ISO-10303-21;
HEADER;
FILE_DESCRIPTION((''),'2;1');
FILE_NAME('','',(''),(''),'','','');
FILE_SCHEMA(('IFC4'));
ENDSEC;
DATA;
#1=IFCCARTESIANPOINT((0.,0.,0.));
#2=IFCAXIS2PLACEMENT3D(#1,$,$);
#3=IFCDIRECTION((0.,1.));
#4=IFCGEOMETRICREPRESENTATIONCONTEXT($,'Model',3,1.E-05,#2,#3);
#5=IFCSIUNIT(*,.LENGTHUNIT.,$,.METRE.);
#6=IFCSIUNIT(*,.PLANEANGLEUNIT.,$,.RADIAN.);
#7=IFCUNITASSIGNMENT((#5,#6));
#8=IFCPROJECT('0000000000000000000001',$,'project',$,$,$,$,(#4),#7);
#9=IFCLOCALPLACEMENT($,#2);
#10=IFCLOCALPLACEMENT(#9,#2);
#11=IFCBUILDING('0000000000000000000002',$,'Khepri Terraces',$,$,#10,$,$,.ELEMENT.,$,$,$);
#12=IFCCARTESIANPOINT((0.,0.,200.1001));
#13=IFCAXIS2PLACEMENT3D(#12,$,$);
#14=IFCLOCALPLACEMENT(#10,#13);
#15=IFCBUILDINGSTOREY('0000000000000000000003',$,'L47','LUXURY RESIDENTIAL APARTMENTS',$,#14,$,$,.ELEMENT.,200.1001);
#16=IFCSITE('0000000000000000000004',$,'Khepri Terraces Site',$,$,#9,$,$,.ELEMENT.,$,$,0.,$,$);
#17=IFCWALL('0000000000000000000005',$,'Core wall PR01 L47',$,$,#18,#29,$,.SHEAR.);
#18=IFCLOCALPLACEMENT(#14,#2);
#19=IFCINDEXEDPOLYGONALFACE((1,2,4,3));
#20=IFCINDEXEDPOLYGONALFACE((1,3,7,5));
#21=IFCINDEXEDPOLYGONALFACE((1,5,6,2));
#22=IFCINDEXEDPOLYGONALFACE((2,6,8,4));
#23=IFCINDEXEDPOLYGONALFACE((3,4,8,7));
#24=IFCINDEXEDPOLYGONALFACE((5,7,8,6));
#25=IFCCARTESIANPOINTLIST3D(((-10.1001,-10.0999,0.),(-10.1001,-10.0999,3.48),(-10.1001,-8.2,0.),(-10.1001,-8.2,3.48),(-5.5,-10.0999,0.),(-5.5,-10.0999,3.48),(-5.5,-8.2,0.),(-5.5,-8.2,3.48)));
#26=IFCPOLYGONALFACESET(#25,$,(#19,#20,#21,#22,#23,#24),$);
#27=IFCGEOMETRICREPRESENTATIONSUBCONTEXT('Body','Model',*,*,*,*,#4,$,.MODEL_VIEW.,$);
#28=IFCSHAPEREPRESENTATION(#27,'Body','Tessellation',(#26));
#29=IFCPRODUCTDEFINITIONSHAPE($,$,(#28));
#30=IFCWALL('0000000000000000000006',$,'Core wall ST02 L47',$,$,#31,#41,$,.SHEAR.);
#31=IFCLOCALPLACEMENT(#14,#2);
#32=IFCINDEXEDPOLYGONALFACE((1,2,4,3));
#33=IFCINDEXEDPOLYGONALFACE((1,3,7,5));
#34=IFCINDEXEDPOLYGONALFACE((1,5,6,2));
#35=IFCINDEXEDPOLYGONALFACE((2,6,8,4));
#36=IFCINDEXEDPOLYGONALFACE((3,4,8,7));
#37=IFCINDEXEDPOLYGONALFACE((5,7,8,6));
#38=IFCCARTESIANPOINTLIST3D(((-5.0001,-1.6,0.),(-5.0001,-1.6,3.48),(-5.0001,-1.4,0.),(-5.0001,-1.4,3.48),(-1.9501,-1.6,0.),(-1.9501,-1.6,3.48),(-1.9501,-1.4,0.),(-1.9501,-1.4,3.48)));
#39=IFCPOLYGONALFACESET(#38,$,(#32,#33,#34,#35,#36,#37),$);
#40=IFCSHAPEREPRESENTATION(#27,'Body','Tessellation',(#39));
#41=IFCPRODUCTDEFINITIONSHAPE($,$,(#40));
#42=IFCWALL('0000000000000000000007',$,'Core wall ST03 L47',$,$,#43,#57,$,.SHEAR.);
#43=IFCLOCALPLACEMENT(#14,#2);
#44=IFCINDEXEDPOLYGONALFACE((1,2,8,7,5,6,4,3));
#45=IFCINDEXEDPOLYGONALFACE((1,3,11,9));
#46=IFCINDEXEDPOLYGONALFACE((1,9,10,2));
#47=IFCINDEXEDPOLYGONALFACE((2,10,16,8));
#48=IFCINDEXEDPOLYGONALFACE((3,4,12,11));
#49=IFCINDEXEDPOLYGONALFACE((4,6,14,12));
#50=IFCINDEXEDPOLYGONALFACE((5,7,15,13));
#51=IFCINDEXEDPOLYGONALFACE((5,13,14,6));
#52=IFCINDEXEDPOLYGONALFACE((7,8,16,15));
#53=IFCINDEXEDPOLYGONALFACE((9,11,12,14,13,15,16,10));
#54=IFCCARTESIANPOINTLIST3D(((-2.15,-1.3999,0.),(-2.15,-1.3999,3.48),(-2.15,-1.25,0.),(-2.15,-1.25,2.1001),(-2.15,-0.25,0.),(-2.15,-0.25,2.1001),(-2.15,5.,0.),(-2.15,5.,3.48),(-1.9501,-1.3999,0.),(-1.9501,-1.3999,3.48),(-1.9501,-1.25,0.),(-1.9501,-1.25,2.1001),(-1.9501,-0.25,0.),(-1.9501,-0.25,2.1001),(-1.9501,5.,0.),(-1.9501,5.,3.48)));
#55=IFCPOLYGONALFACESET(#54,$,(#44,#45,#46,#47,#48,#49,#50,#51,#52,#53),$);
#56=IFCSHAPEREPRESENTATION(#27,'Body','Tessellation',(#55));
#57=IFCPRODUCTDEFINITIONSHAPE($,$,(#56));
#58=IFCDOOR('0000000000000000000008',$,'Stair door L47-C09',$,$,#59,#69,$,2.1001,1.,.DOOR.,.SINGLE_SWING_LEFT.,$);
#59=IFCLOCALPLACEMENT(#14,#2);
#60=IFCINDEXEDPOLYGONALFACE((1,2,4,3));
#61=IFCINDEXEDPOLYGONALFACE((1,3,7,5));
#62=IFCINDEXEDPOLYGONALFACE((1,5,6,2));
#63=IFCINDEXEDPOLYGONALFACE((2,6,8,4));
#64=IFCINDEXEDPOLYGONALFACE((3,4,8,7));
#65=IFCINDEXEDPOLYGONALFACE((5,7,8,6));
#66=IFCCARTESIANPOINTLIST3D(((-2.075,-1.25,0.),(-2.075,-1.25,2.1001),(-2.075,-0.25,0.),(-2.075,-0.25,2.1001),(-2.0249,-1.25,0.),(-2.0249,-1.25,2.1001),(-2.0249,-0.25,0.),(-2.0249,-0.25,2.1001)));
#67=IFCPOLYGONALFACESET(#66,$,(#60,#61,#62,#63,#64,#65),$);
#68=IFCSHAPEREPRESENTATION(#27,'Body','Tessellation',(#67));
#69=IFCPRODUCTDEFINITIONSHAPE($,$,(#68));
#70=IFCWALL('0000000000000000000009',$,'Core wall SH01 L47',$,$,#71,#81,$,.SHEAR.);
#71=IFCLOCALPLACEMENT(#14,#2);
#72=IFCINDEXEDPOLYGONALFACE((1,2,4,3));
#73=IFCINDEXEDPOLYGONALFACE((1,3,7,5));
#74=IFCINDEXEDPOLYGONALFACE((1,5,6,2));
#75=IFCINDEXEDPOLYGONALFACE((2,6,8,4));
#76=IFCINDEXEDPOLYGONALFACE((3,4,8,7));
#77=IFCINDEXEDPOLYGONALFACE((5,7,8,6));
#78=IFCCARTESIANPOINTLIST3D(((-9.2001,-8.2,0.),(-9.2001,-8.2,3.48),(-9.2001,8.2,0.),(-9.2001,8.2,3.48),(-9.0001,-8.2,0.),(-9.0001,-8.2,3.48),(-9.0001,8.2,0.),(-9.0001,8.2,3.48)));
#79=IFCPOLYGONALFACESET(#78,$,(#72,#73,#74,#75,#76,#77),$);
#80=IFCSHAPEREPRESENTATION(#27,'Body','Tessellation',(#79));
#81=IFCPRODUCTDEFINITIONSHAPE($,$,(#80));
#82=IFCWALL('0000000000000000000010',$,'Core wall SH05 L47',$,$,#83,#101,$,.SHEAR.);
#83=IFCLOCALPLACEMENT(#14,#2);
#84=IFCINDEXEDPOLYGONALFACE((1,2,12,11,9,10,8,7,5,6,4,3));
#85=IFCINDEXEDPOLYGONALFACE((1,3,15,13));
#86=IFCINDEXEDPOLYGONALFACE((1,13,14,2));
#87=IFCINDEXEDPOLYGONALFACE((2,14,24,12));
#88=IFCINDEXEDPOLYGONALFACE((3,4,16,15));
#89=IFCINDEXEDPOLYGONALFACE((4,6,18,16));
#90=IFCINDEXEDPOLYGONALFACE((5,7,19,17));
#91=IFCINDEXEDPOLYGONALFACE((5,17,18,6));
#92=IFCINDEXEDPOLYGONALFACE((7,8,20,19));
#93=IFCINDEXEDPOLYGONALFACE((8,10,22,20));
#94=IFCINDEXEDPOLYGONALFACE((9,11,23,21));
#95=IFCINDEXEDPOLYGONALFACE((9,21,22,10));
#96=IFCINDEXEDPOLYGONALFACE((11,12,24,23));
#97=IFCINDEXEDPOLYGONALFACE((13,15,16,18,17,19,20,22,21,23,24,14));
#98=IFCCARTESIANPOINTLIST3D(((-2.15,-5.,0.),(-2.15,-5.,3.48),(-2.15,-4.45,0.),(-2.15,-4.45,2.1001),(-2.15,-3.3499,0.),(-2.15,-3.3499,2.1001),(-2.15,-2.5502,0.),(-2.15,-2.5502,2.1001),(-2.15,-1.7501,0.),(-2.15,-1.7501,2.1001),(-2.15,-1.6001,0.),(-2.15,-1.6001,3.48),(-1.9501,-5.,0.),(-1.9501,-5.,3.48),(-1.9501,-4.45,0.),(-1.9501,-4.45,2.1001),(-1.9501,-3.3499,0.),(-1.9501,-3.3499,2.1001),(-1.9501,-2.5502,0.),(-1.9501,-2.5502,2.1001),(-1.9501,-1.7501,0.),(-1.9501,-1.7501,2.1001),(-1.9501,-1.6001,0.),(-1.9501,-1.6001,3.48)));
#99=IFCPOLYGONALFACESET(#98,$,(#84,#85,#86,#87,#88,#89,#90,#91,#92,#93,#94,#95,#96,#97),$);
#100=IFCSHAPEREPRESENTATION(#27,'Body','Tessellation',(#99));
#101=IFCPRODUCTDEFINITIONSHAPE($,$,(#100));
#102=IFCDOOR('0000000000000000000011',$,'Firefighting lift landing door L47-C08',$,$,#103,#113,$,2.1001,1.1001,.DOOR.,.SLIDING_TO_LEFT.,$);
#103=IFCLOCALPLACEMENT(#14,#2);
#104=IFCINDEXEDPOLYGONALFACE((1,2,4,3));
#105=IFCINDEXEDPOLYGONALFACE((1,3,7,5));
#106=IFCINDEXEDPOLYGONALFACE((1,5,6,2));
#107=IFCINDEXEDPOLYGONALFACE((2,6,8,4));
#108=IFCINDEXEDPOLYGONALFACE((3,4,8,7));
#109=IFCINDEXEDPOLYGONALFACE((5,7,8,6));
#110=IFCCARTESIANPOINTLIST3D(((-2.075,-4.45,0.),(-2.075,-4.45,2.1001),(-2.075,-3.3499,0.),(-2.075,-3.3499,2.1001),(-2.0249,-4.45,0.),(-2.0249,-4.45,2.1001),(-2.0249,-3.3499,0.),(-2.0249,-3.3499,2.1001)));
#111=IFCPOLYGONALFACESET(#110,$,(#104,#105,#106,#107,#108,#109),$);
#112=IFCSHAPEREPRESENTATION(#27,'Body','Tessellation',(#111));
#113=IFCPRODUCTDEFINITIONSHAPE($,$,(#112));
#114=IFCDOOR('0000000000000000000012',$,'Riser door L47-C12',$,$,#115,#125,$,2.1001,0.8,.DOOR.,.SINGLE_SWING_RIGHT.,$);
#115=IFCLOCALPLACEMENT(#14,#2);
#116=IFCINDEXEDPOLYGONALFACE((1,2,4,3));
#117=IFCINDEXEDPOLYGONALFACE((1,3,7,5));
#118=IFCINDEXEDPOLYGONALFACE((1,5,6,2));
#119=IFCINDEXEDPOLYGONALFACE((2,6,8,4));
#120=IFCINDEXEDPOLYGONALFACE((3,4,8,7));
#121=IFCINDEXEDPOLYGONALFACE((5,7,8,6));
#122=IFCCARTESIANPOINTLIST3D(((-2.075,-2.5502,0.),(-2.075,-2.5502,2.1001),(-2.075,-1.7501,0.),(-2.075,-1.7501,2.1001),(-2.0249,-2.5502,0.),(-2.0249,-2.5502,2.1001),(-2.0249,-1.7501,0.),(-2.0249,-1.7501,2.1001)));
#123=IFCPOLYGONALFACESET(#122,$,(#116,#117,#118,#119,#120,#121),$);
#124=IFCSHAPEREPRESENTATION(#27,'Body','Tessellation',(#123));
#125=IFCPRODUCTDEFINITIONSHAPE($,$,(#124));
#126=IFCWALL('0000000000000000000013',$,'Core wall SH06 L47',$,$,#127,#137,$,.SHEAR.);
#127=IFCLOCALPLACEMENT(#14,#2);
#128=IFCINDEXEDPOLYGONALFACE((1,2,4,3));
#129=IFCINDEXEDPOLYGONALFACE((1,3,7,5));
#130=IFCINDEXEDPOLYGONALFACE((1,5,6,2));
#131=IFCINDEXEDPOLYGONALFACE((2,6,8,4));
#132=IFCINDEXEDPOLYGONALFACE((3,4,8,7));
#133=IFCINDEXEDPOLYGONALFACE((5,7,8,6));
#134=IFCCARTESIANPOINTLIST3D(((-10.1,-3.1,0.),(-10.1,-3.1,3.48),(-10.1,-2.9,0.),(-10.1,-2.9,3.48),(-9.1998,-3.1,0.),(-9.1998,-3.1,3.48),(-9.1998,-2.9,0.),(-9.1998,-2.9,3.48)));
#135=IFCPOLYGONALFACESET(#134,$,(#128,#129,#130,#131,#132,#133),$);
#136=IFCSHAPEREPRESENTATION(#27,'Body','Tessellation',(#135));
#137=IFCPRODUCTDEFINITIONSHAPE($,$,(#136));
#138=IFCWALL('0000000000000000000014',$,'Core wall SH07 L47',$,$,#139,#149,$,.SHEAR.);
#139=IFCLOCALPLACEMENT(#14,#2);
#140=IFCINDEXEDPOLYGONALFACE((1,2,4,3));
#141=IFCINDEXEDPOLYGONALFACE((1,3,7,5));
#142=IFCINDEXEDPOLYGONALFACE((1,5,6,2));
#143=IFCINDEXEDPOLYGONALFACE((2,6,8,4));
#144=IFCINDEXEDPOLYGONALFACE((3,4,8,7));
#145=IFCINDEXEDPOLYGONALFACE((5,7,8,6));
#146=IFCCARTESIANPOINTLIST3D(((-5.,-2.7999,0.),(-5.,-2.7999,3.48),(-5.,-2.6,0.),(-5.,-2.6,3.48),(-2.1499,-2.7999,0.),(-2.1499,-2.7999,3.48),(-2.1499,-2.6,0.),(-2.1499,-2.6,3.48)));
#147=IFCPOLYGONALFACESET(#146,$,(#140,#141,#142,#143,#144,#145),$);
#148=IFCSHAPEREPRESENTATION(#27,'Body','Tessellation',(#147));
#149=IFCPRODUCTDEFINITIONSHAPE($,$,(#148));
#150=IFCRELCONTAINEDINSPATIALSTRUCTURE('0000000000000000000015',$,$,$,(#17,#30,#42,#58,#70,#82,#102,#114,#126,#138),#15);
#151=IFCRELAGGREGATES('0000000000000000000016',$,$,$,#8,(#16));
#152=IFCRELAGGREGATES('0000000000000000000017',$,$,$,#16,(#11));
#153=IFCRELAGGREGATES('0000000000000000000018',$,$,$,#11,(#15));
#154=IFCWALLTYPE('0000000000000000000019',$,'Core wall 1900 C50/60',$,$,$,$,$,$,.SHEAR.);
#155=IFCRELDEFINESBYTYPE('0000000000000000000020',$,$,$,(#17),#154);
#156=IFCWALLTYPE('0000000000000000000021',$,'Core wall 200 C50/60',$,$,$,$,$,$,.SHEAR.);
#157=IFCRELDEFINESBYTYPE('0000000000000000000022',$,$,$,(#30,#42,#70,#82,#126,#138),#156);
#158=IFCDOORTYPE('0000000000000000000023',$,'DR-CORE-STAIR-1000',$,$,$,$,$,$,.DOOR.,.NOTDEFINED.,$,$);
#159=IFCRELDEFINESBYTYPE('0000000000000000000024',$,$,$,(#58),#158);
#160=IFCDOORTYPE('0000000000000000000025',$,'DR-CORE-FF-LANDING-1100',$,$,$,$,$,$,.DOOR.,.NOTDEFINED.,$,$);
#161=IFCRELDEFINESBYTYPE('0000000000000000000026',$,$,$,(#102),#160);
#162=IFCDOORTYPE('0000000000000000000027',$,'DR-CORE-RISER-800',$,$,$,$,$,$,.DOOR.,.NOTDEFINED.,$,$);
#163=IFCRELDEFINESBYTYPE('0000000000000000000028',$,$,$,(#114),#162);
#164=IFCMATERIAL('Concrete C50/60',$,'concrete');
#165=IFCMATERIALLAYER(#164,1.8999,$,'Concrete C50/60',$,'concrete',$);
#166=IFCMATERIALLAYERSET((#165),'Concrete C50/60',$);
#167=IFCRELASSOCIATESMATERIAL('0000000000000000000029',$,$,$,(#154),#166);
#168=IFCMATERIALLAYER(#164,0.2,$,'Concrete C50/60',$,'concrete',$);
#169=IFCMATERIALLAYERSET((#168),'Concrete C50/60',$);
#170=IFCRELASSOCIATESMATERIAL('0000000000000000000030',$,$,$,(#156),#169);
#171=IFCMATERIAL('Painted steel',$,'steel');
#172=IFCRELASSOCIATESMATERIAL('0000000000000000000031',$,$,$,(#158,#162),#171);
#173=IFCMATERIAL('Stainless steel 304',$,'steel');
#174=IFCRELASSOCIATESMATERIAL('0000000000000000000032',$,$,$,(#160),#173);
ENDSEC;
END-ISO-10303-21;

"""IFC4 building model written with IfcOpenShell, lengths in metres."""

from ifc_helpers import new_model, si_unit, direction, frame, frame_2d, origin, place, context, subcontext, project, spatial, rectangle, extrude, material, layer, layer_set, type_object, element, fill, save


model = new_model("IFC4")

# Units and contexts
model_context = context("Model", 3, precision=1e-05, world=origin(), true_north=direction((0.0, 1.0)))
body_context = subcontext(model_context, "Body", "Model", "MODEL_VIEW")
ifc_project = project(units=[si_unit("LENGTHUNIT", "METRE"), si_unit("PLANEANGLEUNIT", "RADIAN")], contexts=[model_context])

# Site, building, storey
site_placement = place(None, origin())
site = spatial("IfcSite", under=ifc_project, at=site_placement, Name="Khepri Terraces Site", CompositionType="ELEMENT", RefElevation=0.0)
building_placement = place(site_placement, origin())
building = spatial("IfcBuilding", under=site, at=building_placement, Name="Khepri Terraces", CompositionType="ELEMENT")
storey_placement = place(building_placement, frame((0.0, 0.0, 200.1001)))
storey = spatial("IfcBuildingStorey", under=building, at=storey_placement, Name="L47", Description="LUXURY RESIDENTIAL APARTMENTS", CompositionType="ELEMENT", Elevation=200.1001)

# Walls
ifc_material_1 = material(Name="Concrete C50/60", Category="concrete")
ifc_layer_1 = layer(ifc_material_1, 1.8999, Name="Concrete C50/60", Category="concrete")
ifc_layer_set_1 = layer_set([ifc_layer_1], Name="Concrete C50/60")
wall_type_1 = type_object("IfcWallType", Name="Core wall 1900 C50/60", PredefinedType="SHEAR", material=ifc_layer_set_1)
wall_1_placement = place(storey_placement, frame((-10.1001, -9.1499, 0.0), z_axis=(0.0, 0.0, 1.0), x_axis=(1.0, 0.0, 0.0)))
element("IfcWall", 1, at=wall_1_placement, inside=storey, type_object=wall_type_1, Name="Core wall PR01 L47", PredefinedType="SHEAR", context=body_context, shape_type="SweptSolid", body=[
    extrude(rectangle(XDim=4.6001, YDim=1.8999, at=frame_2d((2.3, 0.0))), origin(), (0.0, 0.0, 1.0), 3.48),
])
ifc_layer_2 = layer(ifc_material_1, 0.2, Name="Concrete C50/60", Category="concrete")
ifc_layer_set_2 = layer_set([ifc_layer_2], Name="Concrete C50/60")
wall_type_2 = type_object("IfcWallType", Name="Core wall 200 C50/60", PredefinedType="SHEAR", material=ifc_layer_set_2)
wall_2_placement = place(storey_placement, frame((-5.0, -1.5, 0.0), z_axis=(0.0, 0.0, 1.0), x_axis=(1.0, 0.0, 0.0)))
element("IfcWall", 2, at=wall_2_placement, inside=storey, type_object=wall_type_2, Name="Core wall ST02 L47", PredefinedType="SHEAR", context=body_context, shape_type="SweptSolid", body=[
    extrude(rectangle(XDim=3.05, YDim=0.2, at=frame_2d((1.5249, 0.0))), origin(), (0.0, 0.0, 1.0), 3.48),
])

# Wall, opening, door
wall_3_placement = place(storey_placement, frame((-2.05, -1.3999, 0.0), z_axis=(0.0, 0.0, 1.0), x_axis=(0.0, 1.0, 0.0)))
wall_3 = element("IfcWall", 3, at=wall_3_placement, inside=storey, type_object=wall_type_2, Name="Core wall ST03 L47", PredefinedType="SHEAR", context=body_context, shape_type="SweptSolid", body=[
    extrude(rectangle(XDim=6.3999, YDim=0.2, at=frame_2d((3.2, 0.0))), origin(), (0.0, 0.0, 1.0), 3.48),
])
opening_1_placement = place(wall_3_placement, frame((0.1499, 0.0, 0.0)))
opening_1 = element("IfcOpeningElement", 4, at=opening_1_placement, cuts=wall_3, PredefinedType="OPENING", context=body_context, shape_type="SweptSolid", body=[
    extrude(rectangle(XDim=1.0, YDim=2.1001, at=frame_2d((0.5, 1.05))), frame((0.0, 0.1099, 0.0), z_axis=(0.0, -1.0, 0.0), x_axis=(1.0, 0.0, 0.0)), (0.0, 0.0, 1.0), 0.22),
])
ifc_material_2 = material(Name="Painted steel", Category="steel")
door_type_1 = type_object("IfcDoorType", Name="DR-CORE-STAIR-1000", OperationType="NOTDEFINED", PredefinedType="DOOR", material=ifc_material_2)
door_1_placement = place(opening_1_placement, origin())
door_1 = element("IfcDoor", 5, at=door_1_placement, inside=storey, type_object=door_type_1, Name="Stair door L47-C09", OperationType="SINGLE_SWING_LEFT", OverallHeight=2.1001, OverallWidth=1.0, PredefinedType="DOOR", context=body_context, shape_type="SweptSolid", body=[
    extrude(rectangle(XDim=1.0, YDim=2.1001, at=frame_2d((0.5, 1.05))), frame((0.0, 0.0249, 0.0), z_axis=(0.0, -1.0, 0.0), x_axis=(1.0, 0.0, 0.0)), (0.0, 0.0, 1.0), 0.05),
])
fill(opening_1, door_1)

# Wall
wall_4_placement = place(storey_placement, frame((-9.1001, -8.2, 0.0), z_axis=(0.0, 0.0, 1.0), x_axis=(0.0, 1.0, 0.0)))
element("IfcWall", 6, at=wall_4_placement, inside=storey, type_object=wall_type_2, Name="Core wall SH01 L47", PredefinedType="SHEAR", context=body_context, shape_type="SweptSolid", body=[
    extrude(rectangle(XDim=16.3999, YDim=0.2, at=frame_2d((8.2, 0.0))), origin(), (0.0, 0.0, 1.0), 3.48),
])

# Wall, openings, doors
wall_5_placement = place(storey_placement, frame((-2.05, -5.0, 0.0), z_axis=(0.0, 0.0, 1.0), x_axis=(0.0, 1.0, 0.0)))
wall_5 = element("IfcWall", 7, at=wall_5_placement, inside=storey, type_object=wall_type_2, Name="Core wall SH05 L47", PredefinedType="SHEAR", context=body_context, shape_type="SweptSolid", body=[
    extrude(rectangle(XDim=3.3999, YDim=0.2, at=frame_2d((1.7, 0.0))), origin(), (0.0, 0.0, 1.0), 3.48),
])
opening_2_placement = place(wall_5_placement, frame((0.55, 0.0, 0.0)))
opening_2 = element("IfcOpeningElement", 8, at=opening_2_placement, cuts=wall_5, PredefinedType="OPENING", context=body_context, shape_type="SweptSolid", body=[
    extrude(rectangle(XDim=1.1001, YDim=2.1001, at=frame_2d((0.55, 1.05))), frame((0.0, 0.1099, 0.0), z_axis=(0.0, -1.0, 0.0), x_axis=(1.0, 0.0, 0.0)), (0.0, 0.0, 1.0), 0.22),
])
opening_3_placement = place(wall_5_placement, frame((2.45, 0.0, 0.0)))
opening_3 = element("IfcOpeningElement", 9, at=opening_3_placement, cuts=wall_5, PredefinedType="OPENING", context=body_context, shape_type="SweptSolid", body=[
    extrude(rectangle(XDim=0.8, YDim=2.1001, at=frame_2d((0.3999, 1.05))), frame((0.0, 0.1099, 0.0), z_axis=(0.0, -1.0, 0.0), x_axis=(1.0, 0.0, 0.0)), (0.0, 0.0, 1.0), 0.22),
])
ifc_material_3 = material(Name="Stainless steel 304", Category="steel")
door_type_2 = type_object("IfcDoorType", Name="DR-CORE-FF-LANDING-1100", OperationType="NOTDEFINED", PredefinedType="DOOR", material=ifc_material_3)
door_2_placement = place(opening_2_placement, origin())
door_2 = element("IfcDoor", 10, at=door_2_placement, inside=storey, type_object=door_type_2, Name="Firefighting lift landing door L47-C08", OperationType="SLIDING_TO_LEFT", OverallHeight=2.1001, OverallWidth=1.1001, PredefinedType="DOOR", context=body_context, shape_type="SweptSolid", body=[
    extrude(rectangle(XDim=1.1001, YDim=2.1001, at=frame_2d((0.55, 1.05))), frame((0.0, 0.0249, 0.0), z_axis=(0.0, -1.0, 0.0), x_axis=(1.0, 0.0, 0.0)), (0.0, 0.0, 1.0), 0.05),
])
fill(opening_2, door_2)
door_type_3 = type_object("IfcDoorType", Name="DR-CORE-RISER-800", OperationType="NOTDEFINED", PredefinedType="DOOR", material=ifc_material_2)
door_3_placement = place(opening_3_placement, origin())
door_3 = element("IfcDoor", 11, at=door_3_placement, inside=storey, type_object=door_type_3, Name="Riser door L47-C12", OperationType="SINGLE_SWING_RIGHT", OverallHeight=2.1001, OverallWidth=0.8, PredefinedType="DOOR", context=body_context, shape_type="SweptSolid", body=[
    extrude(rectangle(XDim=0.8, YDim=2.1001, at=frame_2d((0.3999, 1.05))), frame((0.0, 0.0249, 0.0), z_axis=(0.0, -1.0, 0.0), x_axis=(1.0, 0.0, 0.0)), (0.0, 0.0, 1.0), 0.05),
])
fill(opening_3, door_3)

# Walls
wall_6_placement = place(storey_placement, frame((-10.1001, -3.0, 0.0), z_axis=(0.0, 0.0, 1.0), x_axis=(1.0, 0.0, 0.0)))
element("IfcWall", 12, at=wall_6_placement, inside=storey, type_object=wall_type_2, Name="Core wall SH06 L47", PredefinedType="SHEAR", context=body_context, shape_type="SweptSolid", body=[
    extrude(rectangle(XDim=0.9001, YDim=0.2, at=frame_2d((0.4502, 0.0))), origin(), (0.0, 0.0, 1.0), 3.48),
])
wall_7_placement = place(storey_placement, frame((-5.0, -2.7, 0.0), z_axis=(0.0, 0.0, 1.0), x_axis=(1.0, 0.0, 0.0)))
element("IfcWall", 13, at=wall_7_placement, inside=storey, type_object=wall_type_2, Name="Core wall SH07 L47", PredefinedType="SHEAR", context=body_context, shape_type="SweptSolid", body=[
    extrude(rectangle(XDim=2.8501, YDim=0.2, at=frame_2d((1.425, 0.0))), origin(), (0.0, 0.0, 1.0), 3.48),
])

save(model, "model.ifc")
